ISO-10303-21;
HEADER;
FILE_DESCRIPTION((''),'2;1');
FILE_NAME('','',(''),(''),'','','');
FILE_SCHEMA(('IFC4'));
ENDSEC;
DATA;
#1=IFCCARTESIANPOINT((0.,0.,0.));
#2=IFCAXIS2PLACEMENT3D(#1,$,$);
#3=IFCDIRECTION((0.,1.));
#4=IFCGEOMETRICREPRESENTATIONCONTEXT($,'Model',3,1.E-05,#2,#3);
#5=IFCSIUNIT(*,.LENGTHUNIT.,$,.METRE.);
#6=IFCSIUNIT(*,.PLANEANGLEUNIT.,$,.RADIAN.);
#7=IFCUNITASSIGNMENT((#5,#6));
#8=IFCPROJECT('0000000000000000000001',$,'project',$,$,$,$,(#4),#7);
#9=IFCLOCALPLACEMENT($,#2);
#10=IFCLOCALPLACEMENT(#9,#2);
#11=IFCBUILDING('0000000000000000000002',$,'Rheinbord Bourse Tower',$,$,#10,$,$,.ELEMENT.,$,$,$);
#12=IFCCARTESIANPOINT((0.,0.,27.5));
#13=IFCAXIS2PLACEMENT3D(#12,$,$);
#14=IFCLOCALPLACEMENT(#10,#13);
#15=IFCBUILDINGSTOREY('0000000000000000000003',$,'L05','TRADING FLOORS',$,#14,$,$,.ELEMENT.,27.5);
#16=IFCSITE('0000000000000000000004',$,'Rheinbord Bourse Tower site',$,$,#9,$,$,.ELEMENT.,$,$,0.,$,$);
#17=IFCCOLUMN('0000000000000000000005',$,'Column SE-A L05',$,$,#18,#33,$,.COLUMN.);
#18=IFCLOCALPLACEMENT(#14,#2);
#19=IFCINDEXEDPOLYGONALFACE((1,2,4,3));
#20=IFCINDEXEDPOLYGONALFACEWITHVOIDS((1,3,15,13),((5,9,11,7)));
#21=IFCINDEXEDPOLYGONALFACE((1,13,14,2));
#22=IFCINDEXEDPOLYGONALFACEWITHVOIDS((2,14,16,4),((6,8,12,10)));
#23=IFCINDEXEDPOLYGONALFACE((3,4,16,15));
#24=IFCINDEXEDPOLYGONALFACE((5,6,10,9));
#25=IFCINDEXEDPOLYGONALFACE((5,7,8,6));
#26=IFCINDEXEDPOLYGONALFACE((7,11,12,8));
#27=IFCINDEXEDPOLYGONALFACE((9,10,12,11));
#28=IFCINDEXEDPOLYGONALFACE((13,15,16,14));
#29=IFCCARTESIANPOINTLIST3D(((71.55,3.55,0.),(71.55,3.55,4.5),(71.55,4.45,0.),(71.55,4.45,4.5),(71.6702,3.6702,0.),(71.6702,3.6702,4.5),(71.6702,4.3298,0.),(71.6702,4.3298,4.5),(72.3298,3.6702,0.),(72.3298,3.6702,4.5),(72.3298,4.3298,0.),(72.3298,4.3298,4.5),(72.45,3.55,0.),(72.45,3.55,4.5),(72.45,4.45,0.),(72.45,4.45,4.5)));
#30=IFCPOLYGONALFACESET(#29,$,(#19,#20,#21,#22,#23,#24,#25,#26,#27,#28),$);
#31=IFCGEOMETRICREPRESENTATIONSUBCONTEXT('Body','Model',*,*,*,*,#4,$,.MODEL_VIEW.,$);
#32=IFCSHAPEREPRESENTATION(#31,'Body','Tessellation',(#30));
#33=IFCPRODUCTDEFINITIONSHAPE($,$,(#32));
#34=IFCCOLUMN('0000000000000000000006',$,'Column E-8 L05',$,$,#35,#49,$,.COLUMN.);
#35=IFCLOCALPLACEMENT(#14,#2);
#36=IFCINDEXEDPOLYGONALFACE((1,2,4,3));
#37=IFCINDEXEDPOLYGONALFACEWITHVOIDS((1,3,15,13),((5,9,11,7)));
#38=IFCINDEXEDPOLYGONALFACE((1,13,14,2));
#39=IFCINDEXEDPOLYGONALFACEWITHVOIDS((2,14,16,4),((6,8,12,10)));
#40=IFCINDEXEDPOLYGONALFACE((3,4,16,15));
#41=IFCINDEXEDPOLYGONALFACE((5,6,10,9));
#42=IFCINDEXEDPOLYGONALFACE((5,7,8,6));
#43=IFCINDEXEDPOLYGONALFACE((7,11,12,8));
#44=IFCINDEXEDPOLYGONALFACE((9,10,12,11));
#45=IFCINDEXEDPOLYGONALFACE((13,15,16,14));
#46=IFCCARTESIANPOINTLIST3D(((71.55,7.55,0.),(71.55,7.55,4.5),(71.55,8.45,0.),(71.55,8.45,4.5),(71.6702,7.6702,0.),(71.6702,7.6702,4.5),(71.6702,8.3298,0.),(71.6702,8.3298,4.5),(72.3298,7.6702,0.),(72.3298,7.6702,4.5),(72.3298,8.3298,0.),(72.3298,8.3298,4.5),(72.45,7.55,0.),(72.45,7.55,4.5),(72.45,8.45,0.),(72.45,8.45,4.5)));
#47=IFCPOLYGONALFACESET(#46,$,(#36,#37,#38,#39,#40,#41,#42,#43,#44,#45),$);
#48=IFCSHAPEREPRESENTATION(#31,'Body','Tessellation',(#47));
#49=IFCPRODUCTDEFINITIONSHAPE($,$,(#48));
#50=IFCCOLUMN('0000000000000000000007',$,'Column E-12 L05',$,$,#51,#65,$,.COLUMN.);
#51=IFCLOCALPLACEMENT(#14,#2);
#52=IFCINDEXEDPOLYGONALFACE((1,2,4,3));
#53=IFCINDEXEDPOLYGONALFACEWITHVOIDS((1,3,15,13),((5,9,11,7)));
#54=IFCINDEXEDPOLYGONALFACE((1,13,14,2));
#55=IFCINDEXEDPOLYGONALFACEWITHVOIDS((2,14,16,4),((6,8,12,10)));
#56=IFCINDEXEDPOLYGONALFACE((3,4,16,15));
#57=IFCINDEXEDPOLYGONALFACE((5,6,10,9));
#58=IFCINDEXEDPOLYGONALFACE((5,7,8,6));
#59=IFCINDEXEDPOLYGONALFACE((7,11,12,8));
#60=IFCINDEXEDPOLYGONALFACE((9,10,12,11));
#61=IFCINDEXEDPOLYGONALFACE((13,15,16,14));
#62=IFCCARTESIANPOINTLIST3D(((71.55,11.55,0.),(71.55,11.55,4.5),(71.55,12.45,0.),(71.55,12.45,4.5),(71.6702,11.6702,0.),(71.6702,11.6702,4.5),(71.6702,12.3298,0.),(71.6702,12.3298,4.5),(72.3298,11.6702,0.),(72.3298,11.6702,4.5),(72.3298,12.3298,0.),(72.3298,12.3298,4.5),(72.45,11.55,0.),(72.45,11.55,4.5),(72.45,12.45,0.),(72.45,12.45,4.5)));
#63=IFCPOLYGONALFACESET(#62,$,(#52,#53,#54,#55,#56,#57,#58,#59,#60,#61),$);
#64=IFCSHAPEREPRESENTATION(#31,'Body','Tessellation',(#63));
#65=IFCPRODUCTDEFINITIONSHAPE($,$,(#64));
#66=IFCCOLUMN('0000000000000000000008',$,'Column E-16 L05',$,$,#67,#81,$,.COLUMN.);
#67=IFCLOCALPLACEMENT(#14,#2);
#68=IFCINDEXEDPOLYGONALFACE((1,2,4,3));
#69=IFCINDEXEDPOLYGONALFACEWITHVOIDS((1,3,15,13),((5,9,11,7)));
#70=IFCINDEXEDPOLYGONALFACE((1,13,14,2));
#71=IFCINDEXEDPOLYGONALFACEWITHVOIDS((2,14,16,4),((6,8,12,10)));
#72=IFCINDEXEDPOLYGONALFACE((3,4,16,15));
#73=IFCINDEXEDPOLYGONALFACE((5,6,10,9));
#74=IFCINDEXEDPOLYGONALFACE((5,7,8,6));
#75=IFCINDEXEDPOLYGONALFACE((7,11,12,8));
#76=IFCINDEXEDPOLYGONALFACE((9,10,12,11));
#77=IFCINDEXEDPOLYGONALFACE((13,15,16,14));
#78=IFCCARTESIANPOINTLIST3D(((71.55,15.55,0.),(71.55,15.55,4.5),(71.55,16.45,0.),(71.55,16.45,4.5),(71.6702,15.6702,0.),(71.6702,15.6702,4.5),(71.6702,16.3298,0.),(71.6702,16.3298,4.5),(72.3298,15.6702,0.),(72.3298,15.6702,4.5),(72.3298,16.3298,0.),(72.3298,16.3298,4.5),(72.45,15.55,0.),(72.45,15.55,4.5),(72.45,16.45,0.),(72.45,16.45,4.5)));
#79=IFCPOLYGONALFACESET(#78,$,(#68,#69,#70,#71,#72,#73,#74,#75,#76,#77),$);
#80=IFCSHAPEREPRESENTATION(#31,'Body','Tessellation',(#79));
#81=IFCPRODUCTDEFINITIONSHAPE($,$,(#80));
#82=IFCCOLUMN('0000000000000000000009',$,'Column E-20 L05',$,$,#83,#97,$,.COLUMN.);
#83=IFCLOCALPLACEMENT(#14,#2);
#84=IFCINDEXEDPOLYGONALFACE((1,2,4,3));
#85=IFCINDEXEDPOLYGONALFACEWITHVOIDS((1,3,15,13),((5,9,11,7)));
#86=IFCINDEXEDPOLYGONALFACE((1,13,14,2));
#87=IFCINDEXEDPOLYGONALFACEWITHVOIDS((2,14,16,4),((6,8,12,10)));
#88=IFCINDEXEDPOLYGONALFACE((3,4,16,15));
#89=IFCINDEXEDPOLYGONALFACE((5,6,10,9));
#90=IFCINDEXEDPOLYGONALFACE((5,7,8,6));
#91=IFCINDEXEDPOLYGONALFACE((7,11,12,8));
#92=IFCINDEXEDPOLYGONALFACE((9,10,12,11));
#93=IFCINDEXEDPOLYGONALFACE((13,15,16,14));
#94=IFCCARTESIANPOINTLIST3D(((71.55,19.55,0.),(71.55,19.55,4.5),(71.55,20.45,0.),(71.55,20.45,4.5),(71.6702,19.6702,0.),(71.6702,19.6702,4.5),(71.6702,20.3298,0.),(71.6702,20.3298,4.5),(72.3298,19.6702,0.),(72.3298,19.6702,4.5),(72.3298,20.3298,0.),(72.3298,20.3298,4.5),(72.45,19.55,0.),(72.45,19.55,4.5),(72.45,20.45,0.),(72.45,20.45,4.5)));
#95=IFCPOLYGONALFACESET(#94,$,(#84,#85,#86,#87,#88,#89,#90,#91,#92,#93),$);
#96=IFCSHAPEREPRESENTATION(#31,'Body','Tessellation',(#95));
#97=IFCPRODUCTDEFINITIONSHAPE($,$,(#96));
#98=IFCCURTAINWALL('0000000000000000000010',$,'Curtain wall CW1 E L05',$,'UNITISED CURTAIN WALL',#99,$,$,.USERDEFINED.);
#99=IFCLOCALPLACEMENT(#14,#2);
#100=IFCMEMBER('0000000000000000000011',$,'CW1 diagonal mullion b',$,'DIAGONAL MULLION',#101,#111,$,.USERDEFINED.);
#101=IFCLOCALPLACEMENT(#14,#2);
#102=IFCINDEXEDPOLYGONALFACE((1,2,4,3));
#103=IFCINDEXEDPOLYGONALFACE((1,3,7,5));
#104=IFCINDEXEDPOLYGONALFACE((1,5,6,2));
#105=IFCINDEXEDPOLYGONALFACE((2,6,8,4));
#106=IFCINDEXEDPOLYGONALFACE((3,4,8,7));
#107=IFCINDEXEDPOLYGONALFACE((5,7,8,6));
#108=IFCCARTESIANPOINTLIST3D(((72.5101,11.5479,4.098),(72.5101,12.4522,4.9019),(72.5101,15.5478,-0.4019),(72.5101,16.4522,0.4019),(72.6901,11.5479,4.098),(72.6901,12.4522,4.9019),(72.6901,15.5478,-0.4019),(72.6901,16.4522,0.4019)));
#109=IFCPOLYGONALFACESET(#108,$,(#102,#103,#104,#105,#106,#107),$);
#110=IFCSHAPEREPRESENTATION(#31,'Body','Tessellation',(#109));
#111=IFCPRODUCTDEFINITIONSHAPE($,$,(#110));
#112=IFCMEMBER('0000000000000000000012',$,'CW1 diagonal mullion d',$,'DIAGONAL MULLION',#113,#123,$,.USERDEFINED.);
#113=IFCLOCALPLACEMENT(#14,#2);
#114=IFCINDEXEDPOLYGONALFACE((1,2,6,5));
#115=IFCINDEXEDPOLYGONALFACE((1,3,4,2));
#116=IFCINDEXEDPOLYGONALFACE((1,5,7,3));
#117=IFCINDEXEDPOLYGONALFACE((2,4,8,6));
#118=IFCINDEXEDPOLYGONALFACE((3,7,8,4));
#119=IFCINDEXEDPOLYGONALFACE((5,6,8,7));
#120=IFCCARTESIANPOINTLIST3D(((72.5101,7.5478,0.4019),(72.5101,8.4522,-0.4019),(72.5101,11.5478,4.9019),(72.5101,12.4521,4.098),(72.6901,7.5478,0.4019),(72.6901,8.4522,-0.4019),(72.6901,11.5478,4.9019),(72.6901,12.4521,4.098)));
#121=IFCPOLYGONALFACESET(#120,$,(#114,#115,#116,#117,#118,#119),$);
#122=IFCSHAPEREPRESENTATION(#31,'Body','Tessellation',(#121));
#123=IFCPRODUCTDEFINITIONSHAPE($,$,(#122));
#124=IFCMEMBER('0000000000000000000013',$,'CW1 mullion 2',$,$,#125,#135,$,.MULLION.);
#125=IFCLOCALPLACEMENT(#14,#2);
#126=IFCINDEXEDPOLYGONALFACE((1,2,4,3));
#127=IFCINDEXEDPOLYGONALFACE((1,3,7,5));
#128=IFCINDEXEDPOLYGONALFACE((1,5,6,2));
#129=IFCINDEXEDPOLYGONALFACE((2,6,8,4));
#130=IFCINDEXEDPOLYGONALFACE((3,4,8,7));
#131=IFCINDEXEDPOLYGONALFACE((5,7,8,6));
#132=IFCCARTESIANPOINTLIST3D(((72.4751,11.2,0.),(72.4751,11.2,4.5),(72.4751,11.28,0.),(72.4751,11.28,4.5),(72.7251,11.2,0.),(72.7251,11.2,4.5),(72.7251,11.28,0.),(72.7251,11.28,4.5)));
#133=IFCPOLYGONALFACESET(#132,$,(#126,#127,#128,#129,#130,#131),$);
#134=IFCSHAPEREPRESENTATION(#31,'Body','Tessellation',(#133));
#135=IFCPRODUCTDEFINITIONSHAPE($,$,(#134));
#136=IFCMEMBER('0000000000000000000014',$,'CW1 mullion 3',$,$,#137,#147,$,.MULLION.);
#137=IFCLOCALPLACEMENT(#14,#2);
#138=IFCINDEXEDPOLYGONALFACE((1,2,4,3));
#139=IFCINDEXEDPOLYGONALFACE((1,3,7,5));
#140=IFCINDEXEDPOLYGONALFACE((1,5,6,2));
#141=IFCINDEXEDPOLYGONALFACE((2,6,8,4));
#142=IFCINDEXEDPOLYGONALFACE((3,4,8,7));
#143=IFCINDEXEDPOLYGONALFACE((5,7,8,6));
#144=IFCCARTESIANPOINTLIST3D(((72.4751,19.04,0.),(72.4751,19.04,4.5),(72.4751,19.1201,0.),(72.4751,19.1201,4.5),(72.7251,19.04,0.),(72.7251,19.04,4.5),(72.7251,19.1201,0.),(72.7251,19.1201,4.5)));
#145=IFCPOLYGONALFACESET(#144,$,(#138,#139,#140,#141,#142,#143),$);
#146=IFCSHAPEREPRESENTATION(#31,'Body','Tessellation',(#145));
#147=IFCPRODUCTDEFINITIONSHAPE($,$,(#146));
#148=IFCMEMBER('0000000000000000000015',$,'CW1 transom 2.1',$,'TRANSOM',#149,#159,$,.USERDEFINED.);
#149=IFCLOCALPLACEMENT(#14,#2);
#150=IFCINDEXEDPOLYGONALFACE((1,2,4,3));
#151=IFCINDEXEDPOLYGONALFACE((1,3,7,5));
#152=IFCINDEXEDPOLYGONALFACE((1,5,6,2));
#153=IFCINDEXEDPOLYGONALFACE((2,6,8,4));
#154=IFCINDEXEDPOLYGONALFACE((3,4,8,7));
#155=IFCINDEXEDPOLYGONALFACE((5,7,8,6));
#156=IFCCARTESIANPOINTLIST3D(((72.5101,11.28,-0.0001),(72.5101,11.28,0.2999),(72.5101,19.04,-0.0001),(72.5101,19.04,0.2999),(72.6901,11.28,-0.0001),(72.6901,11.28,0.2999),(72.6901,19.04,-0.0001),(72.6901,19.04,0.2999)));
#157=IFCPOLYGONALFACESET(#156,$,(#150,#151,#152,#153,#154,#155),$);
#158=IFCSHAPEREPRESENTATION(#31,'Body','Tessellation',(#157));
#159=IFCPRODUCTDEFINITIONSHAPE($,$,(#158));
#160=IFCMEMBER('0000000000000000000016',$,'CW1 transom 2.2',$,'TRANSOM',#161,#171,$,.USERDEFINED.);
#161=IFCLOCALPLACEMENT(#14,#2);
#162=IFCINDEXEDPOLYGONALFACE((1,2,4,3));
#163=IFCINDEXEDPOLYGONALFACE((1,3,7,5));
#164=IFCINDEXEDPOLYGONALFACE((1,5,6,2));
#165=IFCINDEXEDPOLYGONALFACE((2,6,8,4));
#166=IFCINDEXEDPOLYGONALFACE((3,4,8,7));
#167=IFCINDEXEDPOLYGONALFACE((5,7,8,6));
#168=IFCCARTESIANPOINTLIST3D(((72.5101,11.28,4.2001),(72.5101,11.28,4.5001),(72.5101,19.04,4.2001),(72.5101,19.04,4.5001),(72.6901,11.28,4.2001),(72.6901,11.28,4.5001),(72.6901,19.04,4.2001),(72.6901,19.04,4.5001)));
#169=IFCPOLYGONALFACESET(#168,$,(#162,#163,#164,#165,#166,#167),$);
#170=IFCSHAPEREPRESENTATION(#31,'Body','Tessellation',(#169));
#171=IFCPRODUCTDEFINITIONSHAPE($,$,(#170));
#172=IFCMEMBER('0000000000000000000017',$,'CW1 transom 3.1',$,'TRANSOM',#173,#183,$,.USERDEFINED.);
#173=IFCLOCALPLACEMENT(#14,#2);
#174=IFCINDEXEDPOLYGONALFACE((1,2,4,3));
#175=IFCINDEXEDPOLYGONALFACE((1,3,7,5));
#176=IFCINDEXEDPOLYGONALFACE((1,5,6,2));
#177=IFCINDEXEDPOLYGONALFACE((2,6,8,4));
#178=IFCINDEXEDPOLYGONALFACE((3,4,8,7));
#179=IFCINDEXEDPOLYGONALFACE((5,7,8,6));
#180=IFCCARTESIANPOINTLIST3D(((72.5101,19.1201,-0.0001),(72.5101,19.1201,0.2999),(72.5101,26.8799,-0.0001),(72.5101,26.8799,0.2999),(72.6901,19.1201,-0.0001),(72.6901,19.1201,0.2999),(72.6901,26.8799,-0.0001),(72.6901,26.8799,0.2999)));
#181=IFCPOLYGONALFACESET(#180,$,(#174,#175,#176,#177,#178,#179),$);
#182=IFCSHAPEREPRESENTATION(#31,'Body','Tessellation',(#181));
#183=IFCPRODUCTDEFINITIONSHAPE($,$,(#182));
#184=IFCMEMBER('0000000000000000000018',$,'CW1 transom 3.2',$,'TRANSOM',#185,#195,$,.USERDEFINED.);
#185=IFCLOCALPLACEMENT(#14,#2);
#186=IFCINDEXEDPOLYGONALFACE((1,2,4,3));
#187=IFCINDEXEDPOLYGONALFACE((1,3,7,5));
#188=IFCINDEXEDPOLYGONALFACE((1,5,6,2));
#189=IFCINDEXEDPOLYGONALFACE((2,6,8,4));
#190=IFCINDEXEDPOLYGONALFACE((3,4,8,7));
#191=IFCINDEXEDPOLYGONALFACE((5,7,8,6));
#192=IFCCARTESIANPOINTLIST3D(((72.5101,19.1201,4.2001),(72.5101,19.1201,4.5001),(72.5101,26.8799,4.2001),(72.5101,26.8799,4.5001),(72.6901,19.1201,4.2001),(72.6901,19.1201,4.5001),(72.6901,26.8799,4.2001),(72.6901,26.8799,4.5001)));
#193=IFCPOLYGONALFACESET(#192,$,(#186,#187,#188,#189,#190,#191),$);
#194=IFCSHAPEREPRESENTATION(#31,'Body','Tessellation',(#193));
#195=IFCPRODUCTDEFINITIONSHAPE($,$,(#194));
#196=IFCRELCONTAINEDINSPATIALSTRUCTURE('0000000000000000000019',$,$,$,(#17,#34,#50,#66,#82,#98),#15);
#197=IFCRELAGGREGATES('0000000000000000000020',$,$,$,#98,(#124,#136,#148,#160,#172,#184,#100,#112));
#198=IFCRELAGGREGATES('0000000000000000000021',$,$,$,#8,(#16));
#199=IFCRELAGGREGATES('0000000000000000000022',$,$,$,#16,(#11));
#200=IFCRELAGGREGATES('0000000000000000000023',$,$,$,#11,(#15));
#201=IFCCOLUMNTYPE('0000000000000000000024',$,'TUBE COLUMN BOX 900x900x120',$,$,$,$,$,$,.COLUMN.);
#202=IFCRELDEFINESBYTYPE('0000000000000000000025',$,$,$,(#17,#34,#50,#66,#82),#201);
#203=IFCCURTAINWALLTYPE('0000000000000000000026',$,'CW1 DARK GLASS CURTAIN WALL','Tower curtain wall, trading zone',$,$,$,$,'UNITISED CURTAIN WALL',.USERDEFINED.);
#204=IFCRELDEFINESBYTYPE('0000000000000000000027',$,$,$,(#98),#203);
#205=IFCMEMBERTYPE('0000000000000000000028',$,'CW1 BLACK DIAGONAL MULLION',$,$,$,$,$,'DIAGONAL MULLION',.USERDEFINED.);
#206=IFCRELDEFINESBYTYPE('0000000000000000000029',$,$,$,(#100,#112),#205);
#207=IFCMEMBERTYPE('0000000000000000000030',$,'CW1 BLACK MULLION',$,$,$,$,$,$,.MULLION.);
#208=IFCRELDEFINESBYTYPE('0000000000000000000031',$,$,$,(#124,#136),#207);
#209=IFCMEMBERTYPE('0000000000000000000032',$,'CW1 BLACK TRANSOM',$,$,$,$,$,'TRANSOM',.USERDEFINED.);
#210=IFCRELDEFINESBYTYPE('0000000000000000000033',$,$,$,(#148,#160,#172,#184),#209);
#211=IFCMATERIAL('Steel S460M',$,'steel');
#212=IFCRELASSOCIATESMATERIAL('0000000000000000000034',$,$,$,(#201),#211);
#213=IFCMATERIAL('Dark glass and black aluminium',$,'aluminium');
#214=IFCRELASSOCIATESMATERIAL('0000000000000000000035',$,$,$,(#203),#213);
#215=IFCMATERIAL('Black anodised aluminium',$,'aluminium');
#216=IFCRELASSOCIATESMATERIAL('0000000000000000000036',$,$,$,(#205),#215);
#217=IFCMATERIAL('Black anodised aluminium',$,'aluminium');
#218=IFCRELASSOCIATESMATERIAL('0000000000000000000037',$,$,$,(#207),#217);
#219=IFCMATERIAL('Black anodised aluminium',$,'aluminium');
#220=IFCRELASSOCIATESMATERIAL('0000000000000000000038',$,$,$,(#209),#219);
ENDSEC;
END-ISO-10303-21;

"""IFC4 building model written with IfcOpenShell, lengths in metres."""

from ifc_helpers import new_model, si_unit, direction, frame, origin, origin_2d, place, context, subcontext, project, spatial, rectangle, hollow_rectangle, extrude, material, material_profile, profile_set, type_object, element, aggregate, save


model = new_model("IFC4")

# Units and contexts
model_context = context("Model", 3, precision=1e-05, world=origin(), true_north=direction((0.0, 1.0)))
body_context = subcontext(model_context, "Body", "Model", "MODEL_VIEW")
ifc_project = project(units=[si_unit("LENGTHUNIT", "METRE"), si_unit("PLANEANGLEUNIT", "RADIAN")], contexts=[model_context])

# Site, building, storey
site_placement = place(None, origin())
site = spatial("IfcSite", under=ifc_project, at=site_placement, Name="Rheinbord Bourse Tower site", CompositionType="ELEMENT", RefElevation=0.0)
building_placement = place(site_placement, origin())
building = spatial("IfcBuilding", under=site, at=building_placement, Name="Rheinbord Bourse Tower", CompositionType="ELEMENT")
storey_placement = place(building_placement, frame((0.0, 0.0, 27.5)))
storey = spatial("IfcBuildingStorey", under=building, at=storey_placement, Name="L05", Description="TRADING FLOORS", CompositionType="ELEMENT", Elevation=27.5)

# Columns
ifc_material_1 = material(Name="Steel S460M", Category="steel")
ifc_material_profile_1 = material_profile(ifc_material_1, hollow_rectangle(XDim=0.8999, YDim=0.8999, WallThickness=0.1201, at=origin_2d()), Name="BOX 900x900x120")
ifc_profile_set_1 = profile_set([ifc_material_profile_1], Name="Steel S460M")
column_type = type_object("IfcColumnType", Name="TUBE COLUMN BOX 900x900x120", PredefinedType="COLUMN", material=ifc_profile_set_1)
for number, where, z_axis, x_axis, name in (
    (1, (72.0, 4.0, 0.0), (0.0, 0.0, 1.0), (1.0, 0.0, 0.0), "Column SE-A L05"),
    (2, (72.0, 8.0, 0.0), (0.0, 0.0, 1.0), (1.0, 0.0, 0.0), "Column E-8 L05"),
    (3, (72.0, 12.0, 0.0), (0.0, 0.0, 1.0), (1.0, 0.0, 0.0), "Column E-12 L05"),
    (4, (72.0, 16.0, 0.0), (0.0, 0.0, 1.0), (1.0, 0.0, 0.0), "Column E-16 L05"),
    (5, (72.0, 20.0, 0.0), (0.0, 0.0, 1.0), (1.0, 0.0, 0.0), "Column E-20 L05"),
):
    element("IfcColumn", number, at=place(storey_placement, frame(where, z_axis=z_axis, x_axis=x_axis)), inside=storey, type_object=column_type, Name=name, PredefinedType="COLUMN", context=body_context, shape_type="SweptSolid", body=[
        extrude(hollow_rectangle(XDim=0.8999, YDim=0.8999, WallThickness=0.1201, at=origin_2d()), origin(), (0.0, 0.0, 1.0), 4.5),
    ])

# Curtain wall, members
ifc_material_2 = material(Name="Dark glass and black aluminium", Category="aluminium")
curtain_wall_type = type_object("IfcCurtainWallType", Name="CW1 DARK GLASS CURTAIN WALL", Description="Tower curtain wall, trading zone", ElementType="UNITISED CURTAIN WALL", PredefinedType="USERDEFINED", material=ifc_material_2)
curtain_wall_placement = place(storey_placement, origin())
curtain_wall = element("IfcCurtainWall", 6, at=curtain_wall_placement, inside=storey, type_object=curtain_wall_type, Name="Curtain wall CW1 E L05", ObjectType="UNITISED CURTAIN WALL", PredefinedType="USERDEFINED")
ifc_material_3 = material(Name="Black anodised aluminium", Category="aluminium")
ifc_material_profile_2 = material_profile(ifc_material_3, rectangle(XDim=0.1799, YDim=1.21, at=origin_2d()), Name="CW1 DIAGONAL MULLION 1210x180")
ifc_profile_set_2 = profile_set([ifc_material_profile_2], Name="Black anodised aluminium")
member_type_1 = type_object("IfcMemberType", Name="CW1 BLACK DIAGONAL MULLION", ElementType="DIAGONAL MULLION", PredefinedType="USERDEFINED", material=ifc_profile_set_2)
member_1_placement = place(storey_placement, frame((72.6001, 16.0, 0.0), z_axis=(0.0, -0.664364, 0.747409), x_axis=(1.0, 0.0, 0.0)))
member_1 = element("IfcMember", 7, at=member_1_placement, type_object=member_type_1, Name="CW1 diagonal mullion b", ObjectType="DIAGONAL MULLION", PredefinedType="USERDEFINED", context=body_context, shape_type="SweptSolid", body=[
    extrude(rectangle(XDim=0.1799, YDim=1.21, at=origin_2d()), origin(), (0.0, 0.0, 1.0), 6.0208),
])
member_2_placement = place(storey_placement, frame((72.6001, 8.0, 0.0), z_axis=(0.0, 0.664364, 0.747409), x_axis=(-1.0, 0.0, 0.0)))
member_2 = element("IfcMember", 8, at=member_2_placement, type_object=member_type_1, Name="CW1 diagonal mullion d", ObjectType="DIAGONAL MULLION", PredefinedType="USERDEFINED", context=body_context, shape_type="SweptSolid", body=[
    extrude(rectangle(XDim=0.1799, YDim=1.21, at=origin_2d()), origin(), (0.0, 0.0, 1.0), 6.0208),
])
ifc_material_4 = material(Name="Black anodised aluminium", Category="aluminium")
ifc_material_profile_3 = material_profile(ifc_material_4, rectangle(XDim=0.25, YDim=0.0801, at=origin_2d()), Name="CW1 MULLION 80x250")
ifc_profile_set_3 = profile_set([ifc_material_profile_3], Name="Black anodised aluminium")
member_type_2 = type_object("IfcMemberType", Name="CW1 BLACK MULLION", PredefinedType="MULLION", material=ifc_profile_set_3)
member_3_placement = place(storey_placement, frame((72.6001, 11.24, 0.0), z_axis=(0.0, 0.0, 1.0), x_axis=(-1.0, 0.0, 0.0)))
member_3 = element("IfcMember", 9, at=member_3_placement, type_object=member_type_2, Name="CW1 mullion 2", PredefinedType="MULLION", context=body_context, shape_type="SweptSolid", body=[
    extrude(rectangle(XDim=0.25, YDim=0.0801, at=origin_2d()), origin(), (0.0, 0.0, 1.0), 4.5),
])
member_4_placement = place(storey_placement, frame((72.6001, 19.0801, 0.0), z_axis=(0.0, 0.0, 1.0), x_axis=(-1.0, 0.0, 0.0)))
member_4 = element("IfcMember", 10, at=member_4_placement, type_object=member_type_2, Name="CW1 mullion 3", PredefinedType="MULLION", context=body_context, shape_type="SweptSolid", body=[
    extrude(rectangle(XDim=0.25, YDim=0.0801, at=origin_2d()), origin(), (0.0, 0.0, 1.0), 4.5),
])
ifc_material_5 = material(Name="Black anodised aluminium", Category="aluminium")
ifc_material_profile_4 = material_profile(ifc_material_5, rectangle(XDim=0.1799, YDim=0.3, at=origin_2d()), Name="CW1 TRANSOM 300x180")
ifc_profile_set_4 = profile_set([ifc_material_profile_4], Name="Black anodised aluminium")
member_type_3 = type_object("IfcMemberType", Name="CW1 BLACK TRANSOM", ElementType="TRANSOM", PredefinedType="USERDEFINED", material=ifc_profile_set_4)
member_5_placement = place(storey_placement, frame((72.6001, 11.28, 0.1499), z_axis=(0.0, 1.0, 0.0), x_axis=(-1.0, 0.0, 0.0)))
member_5 = element("IfcMember", 11, at=member_5_placement, type_object=member_type_3, Name="CW1 transom 2.1", ObjectType="TRANSOM", PredefinedType="USERDEFINED", context=body_context, shape_type="SweptSolid", body=[
    extrude(rectangle(XDim=0.1799, YDim=0.3, at=origin_2d()), origin(), (0.0, 0.0, 1.0), 7.76),
])
member_6_placement = place(storey_placement, frame((72.6001, 11.28, 4.3501), z_axis=(0.0, 1.0, 0.0), x_axis=(-1.0, 0.0, 0.0)))
member_6 = element("IfcMember", 12, at=member_6_placement, type_object=member_type_3, Name="CW1 transom 2.2", ObjectType="TRANSOM", PredefinedType="USERDEFINED", context=body_context, shape_type="SweptSolid", body=[
    extrude(rectangle(XDim=0.1799, YDim=0.3, at=origin_2d()), origin(), (0.0, 0.0, 1.0), 7.76),
])
member_7_placement = place(storey_placement, frame((72.6001, 19.1201, 0.1499), z_axis=(0.0, 1.0, 0.0), x_axis=(-1.0, 0.0, 0.0)))
member_7 = element("IfcMember", 13, at=member_7_placement, type_object=member_type_3, Name="CW1 transom 3.1", ObjectType="TRANSOM", PredefinedType="USERDEFINED", context=body_context, shape_type="SweptSolid", body=[
    extrude(rectangle(XDim=0.1799, YDim=0.3, at=origin_2d()), origin(), (0.0, 0.0, 1.0), 7.7598),
])
member_8_placement = place(storey_placement, frame((72.6001, 19.1201, 4.3501), z_axis=(0.0, 1.0, 0.0), x_axis=(-1.0, 0.0, 0.0)))
member_8 = element("IfcMember", 14, at=member_8_placement, type_object=member_type_3, Name="CW1 transom 3.2", ObjectType="TRANSOM", PredefinedType="USERDEFINED", context=body_context, shape_type="SweptSolid", body=[
    extrude(rectangle(XDim=0.1799, YDim=0.3, at=origin_2d()), origin(), (0.0, 0.0, 1.0), 7.7598),
])

aggregate(curtain_wall, [member_3, member_4, member_5, member_6, member_7, member_8, member_1, member_2])

save(model, "model.ifc")
